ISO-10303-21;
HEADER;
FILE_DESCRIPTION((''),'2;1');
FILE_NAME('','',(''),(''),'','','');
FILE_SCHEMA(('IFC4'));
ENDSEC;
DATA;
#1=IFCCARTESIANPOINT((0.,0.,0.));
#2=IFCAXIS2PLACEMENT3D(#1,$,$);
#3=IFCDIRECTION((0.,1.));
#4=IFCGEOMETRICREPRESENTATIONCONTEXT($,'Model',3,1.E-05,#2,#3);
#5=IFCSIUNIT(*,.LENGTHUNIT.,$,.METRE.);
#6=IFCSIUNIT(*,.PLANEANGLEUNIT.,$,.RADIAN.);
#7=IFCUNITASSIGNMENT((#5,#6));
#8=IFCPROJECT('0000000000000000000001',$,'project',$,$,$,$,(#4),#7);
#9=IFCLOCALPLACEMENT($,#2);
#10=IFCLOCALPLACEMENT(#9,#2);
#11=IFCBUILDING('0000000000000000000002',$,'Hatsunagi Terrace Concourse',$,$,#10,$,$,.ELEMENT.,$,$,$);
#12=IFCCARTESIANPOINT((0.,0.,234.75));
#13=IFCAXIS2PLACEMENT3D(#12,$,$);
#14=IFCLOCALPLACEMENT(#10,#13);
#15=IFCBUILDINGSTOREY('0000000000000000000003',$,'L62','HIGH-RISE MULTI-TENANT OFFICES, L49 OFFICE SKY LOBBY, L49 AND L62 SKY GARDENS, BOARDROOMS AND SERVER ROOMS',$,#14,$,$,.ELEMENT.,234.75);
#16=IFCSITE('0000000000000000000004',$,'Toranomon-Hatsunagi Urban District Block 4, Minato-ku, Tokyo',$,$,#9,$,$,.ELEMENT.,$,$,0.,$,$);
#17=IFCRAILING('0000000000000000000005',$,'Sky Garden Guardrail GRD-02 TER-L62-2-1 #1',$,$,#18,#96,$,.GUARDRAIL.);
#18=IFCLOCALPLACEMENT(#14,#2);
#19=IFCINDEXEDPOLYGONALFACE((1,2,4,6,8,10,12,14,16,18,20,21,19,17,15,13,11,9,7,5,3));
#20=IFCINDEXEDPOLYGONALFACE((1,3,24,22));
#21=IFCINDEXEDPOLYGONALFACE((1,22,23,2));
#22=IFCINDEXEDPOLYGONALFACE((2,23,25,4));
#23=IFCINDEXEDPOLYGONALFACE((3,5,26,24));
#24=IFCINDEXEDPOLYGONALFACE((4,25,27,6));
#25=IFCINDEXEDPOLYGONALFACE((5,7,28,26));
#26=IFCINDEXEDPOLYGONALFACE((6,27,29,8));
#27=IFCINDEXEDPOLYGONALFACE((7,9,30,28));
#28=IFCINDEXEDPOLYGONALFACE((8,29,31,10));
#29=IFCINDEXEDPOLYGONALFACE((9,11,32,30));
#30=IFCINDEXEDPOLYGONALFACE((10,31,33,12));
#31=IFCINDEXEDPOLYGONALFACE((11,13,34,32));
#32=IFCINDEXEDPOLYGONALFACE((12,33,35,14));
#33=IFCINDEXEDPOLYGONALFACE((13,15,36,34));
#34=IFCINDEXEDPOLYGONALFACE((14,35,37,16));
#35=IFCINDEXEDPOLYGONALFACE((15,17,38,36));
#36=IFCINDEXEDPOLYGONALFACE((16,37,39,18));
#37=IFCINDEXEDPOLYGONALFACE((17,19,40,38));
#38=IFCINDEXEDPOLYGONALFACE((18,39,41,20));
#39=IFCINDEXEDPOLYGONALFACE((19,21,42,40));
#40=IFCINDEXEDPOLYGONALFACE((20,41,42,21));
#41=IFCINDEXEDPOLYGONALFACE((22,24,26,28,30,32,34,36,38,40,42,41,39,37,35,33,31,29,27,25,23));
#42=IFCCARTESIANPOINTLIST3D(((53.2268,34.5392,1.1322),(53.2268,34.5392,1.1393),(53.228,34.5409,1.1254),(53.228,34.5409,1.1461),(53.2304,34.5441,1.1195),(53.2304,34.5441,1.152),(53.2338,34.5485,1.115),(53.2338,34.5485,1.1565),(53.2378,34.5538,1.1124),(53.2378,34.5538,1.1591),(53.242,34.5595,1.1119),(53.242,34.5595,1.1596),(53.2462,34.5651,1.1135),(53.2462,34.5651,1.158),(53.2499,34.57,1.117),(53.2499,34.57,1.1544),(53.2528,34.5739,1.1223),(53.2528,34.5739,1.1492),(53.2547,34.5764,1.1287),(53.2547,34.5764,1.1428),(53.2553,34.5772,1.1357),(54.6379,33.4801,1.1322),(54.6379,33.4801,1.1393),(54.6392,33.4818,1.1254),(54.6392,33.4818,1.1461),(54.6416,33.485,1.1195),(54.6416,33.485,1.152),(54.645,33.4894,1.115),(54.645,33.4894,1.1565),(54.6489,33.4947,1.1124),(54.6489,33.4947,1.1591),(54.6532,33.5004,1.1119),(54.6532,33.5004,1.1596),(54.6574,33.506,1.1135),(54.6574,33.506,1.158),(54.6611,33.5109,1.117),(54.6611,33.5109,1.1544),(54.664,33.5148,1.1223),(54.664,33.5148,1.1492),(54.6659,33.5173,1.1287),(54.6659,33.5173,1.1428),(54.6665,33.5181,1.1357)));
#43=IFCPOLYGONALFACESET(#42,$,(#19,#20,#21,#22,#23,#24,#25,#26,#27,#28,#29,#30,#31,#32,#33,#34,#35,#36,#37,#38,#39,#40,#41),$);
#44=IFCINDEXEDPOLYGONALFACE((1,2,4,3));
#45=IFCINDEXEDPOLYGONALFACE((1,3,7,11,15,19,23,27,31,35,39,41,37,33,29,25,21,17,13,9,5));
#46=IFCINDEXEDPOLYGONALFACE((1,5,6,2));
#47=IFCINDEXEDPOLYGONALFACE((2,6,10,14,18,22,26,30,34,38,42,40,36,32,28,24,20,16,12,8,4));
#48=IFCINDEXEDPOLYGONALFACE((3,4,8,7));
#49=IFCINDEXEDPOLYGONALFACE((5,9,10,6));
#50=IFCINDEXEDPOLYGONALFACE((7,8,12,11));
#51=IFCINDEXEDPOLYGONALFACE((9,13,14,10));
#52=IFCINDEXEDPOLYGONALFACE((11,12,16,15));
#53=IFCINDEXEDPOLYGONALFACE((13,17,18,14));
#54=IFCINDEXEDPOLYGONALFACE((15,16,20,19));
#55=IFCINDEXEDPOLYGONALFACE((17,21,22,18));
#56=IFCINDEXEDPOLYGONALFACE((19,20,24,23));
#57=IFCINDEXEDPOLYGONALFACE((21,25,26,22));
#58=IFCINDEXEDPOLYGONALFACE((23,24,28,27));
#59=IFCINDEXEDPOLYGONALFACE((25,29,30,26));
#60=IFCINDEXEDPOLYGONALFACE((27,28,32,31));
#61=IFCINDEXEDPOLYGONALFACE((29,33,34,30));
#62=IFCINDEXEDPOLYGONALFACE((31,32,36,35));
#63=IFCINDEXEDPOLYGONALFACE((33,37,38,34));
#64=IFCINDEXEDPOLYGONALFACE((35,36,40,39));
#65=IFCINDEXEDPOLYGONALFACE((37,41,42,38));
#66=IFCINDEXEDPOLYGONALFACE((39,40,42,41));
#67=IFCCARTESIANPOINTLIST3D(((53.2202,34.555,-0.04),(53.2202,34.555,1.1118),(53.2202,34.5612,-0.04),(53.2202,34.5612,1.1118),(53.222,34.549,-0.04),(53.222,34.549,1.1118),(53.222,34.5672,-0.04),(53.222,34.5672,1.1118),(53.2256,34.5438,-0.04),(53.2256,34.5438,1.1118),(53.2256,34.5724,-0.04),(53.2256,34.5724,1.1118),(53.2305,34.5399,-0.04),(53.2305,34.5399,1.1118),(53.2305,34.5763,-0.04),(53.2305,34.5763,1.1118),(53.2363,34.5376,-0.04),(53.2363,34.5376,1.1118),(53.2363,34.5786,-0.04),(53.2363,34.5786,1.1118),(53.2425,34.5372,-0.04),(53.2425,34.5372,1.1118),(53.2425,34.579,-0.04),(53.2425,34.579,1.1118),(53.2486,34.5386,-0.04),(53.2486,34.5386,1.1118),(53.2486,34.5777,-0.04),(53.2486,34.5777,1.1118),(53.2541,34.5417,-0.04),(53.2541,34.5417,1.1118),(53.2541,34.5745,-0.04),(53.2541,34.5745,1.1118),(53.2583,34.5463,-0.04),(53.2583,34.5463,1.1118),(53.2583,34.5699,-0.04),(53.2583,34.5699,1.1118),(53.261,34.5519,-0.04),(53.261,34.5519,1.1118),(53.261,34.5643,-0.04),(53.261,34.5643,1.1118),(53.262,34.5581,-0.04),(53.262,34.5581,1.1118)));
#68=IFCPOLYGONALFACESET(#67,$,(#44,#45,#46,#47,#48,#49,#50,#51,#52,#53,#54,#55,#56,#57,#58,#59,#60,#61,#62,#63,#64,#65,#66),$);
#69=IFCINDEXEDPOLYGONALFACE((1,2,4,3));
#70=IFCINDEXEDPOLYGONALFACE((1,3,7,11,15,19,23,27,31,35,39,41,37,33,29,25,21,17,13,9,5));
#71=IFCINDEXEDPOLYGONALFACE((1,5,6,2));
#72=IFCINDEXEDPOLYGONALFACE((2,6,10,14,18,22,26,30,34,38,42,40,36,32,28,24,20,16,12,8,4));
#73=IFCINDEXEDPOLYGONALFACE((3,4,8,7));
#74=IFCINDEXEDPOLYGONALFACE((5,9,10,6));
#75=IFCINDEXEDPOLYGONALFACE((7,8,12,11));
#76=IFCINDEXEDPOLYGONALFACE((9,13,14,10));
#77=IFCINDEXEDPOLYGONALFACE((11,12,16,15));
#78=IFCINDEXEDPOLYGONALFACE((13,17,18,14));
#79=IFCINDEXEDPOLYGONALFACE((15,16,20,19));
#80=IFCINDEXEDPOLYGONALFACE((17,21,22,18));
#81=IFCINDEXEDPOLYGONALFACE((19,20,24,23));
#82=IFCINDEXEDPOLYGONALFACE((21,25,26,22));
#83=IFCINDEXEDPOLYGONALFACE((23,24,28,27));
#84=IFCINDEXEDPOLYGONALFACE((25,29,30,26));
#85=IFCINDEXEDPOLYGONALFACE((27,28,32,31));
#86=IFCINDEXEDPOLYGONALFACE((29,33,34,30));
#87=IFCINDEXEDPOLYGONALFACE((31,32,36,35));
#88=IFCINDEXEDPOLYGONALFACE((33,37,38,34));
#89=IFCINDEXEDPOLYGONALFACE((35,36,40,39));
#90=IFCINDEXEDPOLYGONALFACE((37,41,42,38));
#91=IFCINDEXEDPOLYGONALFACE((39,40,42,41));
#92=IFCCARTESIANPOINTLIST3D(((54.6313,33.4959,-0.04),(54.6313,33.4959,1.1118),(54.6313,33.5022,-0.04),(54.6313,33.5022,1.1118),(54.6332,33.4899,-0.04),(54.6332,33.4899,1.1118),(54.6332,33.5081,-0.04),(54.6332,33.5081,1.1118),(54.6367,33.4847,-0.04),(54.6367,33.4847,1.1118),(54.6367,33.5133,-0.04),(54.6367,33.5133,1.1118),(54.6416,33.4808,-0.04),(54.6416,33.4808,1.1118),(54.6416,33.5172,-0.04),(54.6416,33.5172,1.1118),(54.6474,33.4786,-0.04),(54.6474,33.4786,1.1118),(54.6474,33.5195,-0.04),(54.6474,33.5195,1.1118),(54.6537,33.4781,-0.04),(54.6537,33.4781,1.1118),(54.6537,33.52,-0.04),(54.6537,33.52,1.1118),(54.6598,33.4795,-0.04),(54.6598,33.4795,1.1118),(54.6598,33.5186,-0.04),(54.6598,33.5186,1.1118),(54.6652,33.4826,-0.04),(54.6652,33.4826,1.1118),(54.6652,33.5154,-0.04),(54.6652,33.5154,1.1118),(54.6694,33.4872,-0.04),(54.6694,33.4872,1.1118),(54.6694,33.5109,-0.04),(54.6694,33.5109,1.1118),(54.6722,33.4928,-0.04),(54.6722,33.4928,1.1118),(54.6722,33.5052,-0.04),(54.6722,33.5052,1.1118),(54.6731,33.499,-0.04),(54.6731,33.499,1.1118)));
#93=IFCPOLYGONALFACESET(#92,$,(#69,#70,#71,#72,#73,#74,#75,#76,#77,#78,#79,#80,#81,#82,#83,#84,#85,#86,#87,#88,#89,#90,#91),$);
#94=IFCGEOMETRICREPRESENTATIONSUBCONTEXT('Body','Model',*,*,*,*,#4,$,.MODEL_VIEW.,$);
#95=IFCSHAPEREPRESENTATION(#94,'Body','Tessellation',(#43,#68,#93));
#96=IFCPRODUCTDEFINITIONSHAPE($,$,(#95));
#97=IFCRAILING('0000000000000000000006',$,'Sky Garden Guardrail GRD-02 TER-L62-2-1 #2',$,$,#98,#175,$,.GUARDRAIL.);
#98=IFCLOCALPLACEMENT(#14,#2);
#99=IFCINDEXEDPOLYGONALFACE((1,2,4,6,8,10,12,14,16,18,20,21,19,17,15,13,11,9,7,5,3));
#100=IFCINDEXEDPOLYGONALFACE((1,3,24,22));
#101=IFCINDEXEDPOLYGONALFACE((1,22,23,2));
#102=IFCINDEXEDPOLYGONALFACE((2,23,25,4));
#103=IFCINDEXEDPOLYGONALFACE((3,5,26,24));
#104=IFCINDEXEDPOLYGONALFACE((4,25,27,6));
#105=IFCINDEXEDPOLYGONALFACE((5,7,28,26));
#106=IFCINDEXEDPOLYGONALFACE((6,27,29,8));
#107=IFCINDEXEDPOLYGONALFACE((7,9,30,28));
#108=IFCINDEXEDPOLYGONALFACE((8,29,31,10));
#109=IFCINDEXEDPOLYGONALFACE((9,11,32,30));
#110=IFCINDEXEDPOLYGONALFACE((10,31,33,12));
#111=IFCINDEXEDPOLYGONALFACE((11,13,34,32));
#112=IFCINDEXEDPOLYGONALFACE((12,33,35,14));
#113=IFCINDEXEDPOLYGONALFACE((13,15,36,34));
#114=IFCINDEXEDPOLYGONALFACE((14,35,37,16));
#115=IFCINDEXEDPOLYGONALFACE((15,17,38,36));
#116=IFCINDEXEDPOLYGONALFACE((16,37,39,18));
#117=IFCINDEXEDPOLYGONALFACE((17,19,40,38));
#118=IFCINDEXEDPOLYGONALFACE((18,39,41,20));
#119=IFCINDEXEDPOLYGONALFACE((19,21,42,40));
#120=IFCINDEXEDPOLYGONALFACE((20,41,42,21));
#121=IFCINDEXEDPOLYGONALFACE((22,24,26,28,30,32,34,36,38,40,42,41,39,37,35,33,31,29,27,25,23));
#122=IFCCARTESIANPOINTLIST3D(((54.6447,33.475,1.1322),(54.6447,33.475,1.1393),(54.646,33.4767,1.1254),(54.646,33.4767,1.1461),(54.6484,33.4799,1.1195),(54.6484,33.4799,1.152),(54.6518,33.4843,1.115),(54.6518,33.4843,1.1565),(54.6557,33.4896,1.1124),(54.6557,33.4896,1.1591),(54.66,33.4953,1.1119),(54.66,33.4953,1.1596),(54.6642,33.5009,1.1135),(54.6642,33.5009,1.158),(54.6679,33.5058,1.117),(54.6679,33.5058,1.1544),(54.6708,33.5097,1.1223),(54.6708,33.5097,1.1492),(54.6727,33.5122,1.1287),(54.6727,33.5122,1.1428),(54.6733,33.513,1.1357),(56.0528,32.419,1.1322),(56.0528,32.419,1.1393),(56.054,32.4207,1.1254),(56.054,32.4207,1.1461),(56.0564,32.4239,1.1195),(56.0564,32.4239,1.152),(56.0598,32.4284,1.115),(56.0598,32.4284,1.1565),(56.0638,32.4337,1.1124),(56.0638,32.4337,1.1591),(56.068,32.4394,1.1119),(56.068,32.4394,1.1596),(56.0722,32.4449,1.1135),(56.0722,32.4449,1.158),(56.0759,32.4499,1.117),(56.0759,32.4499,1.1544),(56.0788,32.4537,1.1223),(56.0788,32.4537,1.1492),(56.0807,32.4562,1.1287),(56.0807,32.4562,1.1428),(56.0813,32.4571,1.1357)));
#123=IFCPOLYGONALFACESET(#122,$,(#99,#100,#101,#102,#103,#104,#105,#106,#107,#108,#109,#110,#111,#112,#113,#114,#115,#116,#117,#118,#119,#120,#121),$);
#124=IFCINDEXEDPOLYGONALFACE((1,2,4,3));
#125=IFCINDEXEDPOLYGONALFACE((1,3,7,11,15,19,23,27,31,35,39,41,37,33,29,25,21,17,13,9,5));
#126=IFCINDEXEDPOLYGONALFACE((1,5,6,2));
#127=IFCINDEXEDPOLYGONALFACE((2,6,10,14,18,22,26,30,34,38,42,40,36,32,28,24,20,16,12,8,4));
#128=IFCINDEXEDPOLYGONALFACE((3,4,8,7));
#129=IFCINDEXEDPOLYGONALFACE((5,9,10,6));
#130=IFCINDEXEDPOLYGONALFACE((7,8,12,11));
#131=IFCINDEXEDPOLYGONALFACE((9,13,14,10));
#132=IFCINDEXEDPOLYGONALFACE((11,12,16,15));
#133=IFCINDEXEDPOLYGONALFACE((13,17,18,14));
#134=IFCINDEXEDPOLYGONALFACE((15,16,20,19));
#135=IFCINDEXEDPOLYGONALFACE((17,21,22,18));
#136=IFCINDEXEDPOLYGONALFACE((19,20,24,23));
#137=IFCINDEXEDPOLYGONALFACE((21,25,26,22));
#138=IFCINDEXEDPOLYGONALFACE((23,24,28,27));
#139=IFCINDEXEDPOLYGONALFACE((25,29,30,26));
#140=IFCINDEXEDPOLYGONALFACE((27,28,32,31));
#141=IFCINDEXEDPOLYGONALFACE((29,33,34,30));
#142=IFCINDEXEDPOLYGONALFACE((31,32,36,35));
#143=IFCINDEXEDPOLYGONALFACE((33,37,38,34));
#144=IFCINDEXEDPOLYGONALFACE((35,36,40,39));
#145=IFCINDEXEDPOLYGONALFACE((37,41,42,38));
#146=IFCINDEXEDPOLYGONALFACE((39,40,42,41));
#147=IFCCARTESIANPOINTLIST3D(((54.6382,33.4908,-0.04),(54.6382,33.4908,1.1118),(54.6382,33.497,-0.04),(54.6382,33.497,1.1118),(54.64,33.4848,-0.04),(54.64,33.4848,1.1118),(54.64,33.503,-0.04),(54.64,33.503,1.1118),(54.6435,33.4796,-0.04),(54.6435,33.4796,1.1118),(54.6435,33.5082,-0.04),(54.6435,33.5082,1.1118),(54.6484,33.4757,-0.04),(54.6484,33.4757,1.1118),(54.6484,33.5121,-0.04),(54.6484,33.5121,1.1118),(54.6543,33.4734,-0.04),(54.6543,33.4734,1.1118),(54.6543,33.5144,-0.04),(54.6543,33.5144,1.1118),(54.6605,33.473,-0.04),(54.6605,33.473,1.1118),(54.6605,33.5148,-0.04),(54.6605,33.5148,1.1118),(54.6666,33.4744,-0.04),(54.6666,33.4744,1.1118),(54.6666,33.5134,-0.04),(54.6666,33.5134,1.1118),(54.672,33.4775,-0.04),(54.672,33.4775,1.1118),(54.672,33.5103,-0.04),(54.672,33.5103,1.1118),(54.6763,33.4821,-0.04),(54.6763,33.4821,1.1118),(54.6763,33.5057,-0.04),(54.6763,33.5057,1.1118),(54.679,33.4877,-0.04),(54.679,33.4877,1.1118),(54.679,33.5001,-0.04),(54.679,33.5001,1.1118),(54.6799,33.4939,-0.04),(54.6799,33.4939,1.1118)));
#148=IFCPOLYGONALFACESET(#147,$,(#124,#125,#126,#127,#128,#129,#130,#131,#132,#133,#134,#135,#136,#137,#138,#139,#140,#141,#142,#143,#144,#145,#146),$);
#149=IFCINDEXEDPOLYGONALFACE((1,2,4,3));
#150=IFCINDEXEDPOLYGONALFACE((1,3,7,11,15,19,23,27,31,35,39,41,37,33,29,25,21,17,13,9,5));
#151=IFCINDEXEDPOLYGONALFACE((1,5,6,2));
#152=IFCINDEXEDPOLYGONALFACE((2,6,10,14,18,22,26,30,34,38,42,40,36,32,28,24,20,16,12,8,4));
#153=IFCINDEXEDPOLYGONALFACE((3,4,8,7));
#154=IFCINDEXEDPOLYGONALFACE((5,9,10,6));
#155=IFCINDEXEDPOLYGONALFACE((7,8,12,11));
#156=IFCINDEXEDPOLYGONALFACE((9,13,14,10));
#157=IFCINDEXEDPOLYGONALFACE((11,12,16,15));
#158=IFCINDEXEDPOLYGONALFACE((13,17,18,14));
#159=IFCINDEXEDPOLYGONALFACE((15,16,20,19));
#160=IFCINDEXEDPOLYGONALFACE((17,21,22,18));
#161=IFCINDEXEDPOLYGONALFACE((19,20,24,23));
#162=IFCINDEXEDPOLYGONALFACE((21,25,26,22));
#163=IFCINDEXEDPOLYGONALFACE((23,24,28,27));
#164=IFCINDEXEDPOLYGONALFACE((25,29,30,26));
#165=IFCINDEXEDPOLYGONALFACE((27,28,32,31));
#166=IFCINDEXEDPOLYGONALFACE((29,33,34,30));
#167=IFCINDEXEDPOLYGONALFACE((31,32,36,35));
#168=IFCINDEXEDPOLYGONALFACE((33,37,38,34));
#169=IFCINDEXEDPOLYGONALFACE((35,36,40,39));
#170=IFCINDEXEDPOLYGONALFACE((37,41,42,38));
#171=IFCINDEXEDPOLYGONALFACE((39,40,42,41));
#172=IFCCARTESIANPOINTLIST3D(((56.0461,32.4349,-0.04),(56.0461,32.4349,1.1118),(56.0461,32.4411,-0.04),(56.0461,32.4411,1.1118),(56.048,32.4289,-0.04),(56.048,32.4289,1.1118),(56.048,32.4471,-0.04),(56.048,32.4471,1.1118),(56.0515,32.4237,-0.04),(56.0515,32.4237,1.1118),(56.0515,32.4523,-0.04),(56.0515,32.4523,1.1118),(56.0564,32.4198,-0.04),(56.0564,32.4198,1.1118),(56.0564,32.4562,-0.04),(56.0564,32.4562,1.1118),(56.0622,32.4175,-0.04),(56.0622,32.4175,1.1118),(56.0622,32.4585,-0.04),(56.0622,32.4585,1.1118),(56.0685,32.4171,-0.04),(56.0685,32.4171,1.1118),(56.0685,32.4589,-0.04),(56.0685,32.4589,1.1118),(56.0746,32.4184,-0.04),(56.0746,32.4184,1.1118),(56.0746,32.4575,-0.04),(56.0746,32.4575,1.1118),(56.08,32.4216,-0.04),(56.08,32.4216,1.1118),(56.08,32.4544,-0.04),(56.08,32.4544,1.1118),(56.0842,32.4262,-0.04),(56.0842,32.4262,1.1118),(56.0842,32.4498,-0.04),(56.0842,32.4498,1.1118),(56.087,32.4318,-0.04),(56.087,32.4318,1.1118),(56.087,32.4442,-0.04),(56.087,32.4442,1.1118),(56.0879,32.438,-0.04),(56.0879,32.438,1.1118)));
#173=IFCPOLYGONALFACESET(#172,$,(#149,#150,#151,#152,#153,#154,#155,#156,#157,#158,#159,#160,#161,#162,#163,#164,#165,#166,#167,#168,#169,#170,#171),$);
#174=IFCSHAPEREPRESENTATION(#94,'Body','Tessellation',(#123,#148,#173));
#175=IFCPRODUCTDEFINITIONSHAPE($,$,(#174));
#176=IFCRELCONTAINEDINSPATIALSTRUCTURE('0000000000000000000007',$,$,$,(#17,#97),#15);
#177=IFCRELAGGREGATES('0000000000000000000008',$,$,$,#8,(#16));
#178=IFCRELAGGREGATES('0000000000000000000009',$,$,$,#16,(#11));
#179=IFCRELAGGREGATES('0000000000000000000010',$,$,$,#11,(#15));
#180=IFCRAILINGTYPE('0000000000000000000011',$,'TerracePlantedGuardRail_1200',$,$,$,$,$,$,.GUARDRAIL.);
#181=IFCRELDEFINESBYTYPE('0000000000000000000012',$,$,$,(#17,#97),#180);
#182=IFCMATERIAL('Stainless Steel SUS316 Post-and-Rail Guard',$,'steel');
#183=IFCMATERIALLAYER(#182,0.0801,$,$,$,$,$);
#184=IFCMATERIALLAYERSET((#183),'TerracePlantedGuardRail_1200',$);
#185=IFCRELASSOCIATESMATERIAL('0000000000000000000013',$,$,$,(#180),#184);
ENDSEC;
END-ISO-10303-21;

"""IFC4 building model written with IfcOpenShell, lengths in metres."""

from ifc_helpers import new_model, si_unit, direction, frame, origin, origin_2d, place, context, subcontext, project, spatial, circle, extrude, material, layer, layer_set, type_object, element, save


model = new_model("IFC4")

# Units and contexts
model_context = context("Model", 3, precision=1e-05, world=origin(), true_north=direction((0.0, 1.0)))
body_context = subcontext(model_context, "Body", "Model", "MODEL_VIEW")
ifc_project = project(units=[si_unit("LENGTHUNIT", "METRE"), si_unit("PLANEANGLEUNIT", "RADIAN")], contexts=[model_context])

# Site, building, storey
site_placement = place(None, origin())
site = spatial("IfcSite", under=ifc_project, at=site_placement, Name="Toranomon-Hatsunagi Urban District Block 4, Minato-ku, Tokyo", CompositionType="ELEMENT", RefElevation=0.0)
building_placement = place(site_placement, origin())
building = spatial("IfcBuilding", under=site, at=building_placement, Name="Hatsunagi Terrace Concourse", CompositionType="ELEMENT")
storey_placement = place(building_placement, frame((0.0, 0.0, 234.75)))
storey = spatial("IfcBuildingStorey", under=building, at=storey_placement, Name="L62", Description="HIGH-RISE MULTI-TENANT OFFICES, L49 OFFICE SKY LOBBY, L49 AND L62 SKY GARDENS, BOARDROOMS AND SERVER ROOMS", CompositionType="ELEMENT", Elevation=234.75)

# Railings
ifc_material_1 = material(Name="Stainless Steel SUS316 Post-and-Rail Guard", Category="steel")
ifc_layer_1 = layer(ifc_material_1, 0.0801)
ifc_layer_set_1 = layer_set([ifc_layer_1], Name="TerracePlantedGuardRail_1200")
railing_type = type_object("IfcRailingType", Name="TerracePlantedGuardRail_1200", PredefinedType="GUARDRAIL", material=ifc_layer_set_1)
railing_1_placement = place(storey_placement, frame((53.241, 34.5581, -0.04)))
element("IfcRailing", 1, at=railing_1_placement, inside=storey, type_object=railing_type, Name="Sky Garden Guardrail GRD-02 TER-L62-2-1 #1", PredefinedType="GUARDRAIL", context=body_context, shape_type="SweptSolid", body=[
    extrude(circle(Radius=0.0239, at=origin_2d()), frame((0.0, 0.0, 1.1758), z_axis=(0.799801, -0.600266, 0.0), x_axis=(0.600266, 0.799801, 0.0)), (0.0, 0.0, 1.0), 1.7644),
    extrude(circle(Radius=0.021, at=origin_2d()), origin(), (0.0, 0.0, 1.0), 1.1519),
    extrude(circle(Radius=0.021, at=origin_2d()), frame((1.4111, -1.0591, 0.0)), (0.0, 0.0, 1.0), 1.1519),
])
railing_2_placement = place(storey_placement, frame((54.6589, 33.4939, -0.04)))
element("IfcRailing", 2, at=railing_2_placement, inside=storey, type_object=railing_type, Name="Sky Garden Guardrail GRD-02 TER-L62-2-1 #2", PredefinedType="GUARDRAIL", context=body_context, shape_type="SweptSolid", body=[
    extrude(circle(Radius=0.0239, at=origin_2d()), frame((0.0, 0.0, 1.1758), z_axis=(0.800017, -0.599978, 0.0), x_axis=(0.599978, 0.800017, 0.0)), (0.0, 0.0, 1.0), 1.76),
    extrude(circle(Radius=0.021, at=origin_2d()), origin(), (0.0, 0.0, 1.0), 1.1519),
    extrude(circle(Radius=0.021, at=origin_2d()), frame((1.408, -1.0559, 0.0)), (0.0, 0.0, 1.0), 1.1519),
])

save(model, "model.ifc")
